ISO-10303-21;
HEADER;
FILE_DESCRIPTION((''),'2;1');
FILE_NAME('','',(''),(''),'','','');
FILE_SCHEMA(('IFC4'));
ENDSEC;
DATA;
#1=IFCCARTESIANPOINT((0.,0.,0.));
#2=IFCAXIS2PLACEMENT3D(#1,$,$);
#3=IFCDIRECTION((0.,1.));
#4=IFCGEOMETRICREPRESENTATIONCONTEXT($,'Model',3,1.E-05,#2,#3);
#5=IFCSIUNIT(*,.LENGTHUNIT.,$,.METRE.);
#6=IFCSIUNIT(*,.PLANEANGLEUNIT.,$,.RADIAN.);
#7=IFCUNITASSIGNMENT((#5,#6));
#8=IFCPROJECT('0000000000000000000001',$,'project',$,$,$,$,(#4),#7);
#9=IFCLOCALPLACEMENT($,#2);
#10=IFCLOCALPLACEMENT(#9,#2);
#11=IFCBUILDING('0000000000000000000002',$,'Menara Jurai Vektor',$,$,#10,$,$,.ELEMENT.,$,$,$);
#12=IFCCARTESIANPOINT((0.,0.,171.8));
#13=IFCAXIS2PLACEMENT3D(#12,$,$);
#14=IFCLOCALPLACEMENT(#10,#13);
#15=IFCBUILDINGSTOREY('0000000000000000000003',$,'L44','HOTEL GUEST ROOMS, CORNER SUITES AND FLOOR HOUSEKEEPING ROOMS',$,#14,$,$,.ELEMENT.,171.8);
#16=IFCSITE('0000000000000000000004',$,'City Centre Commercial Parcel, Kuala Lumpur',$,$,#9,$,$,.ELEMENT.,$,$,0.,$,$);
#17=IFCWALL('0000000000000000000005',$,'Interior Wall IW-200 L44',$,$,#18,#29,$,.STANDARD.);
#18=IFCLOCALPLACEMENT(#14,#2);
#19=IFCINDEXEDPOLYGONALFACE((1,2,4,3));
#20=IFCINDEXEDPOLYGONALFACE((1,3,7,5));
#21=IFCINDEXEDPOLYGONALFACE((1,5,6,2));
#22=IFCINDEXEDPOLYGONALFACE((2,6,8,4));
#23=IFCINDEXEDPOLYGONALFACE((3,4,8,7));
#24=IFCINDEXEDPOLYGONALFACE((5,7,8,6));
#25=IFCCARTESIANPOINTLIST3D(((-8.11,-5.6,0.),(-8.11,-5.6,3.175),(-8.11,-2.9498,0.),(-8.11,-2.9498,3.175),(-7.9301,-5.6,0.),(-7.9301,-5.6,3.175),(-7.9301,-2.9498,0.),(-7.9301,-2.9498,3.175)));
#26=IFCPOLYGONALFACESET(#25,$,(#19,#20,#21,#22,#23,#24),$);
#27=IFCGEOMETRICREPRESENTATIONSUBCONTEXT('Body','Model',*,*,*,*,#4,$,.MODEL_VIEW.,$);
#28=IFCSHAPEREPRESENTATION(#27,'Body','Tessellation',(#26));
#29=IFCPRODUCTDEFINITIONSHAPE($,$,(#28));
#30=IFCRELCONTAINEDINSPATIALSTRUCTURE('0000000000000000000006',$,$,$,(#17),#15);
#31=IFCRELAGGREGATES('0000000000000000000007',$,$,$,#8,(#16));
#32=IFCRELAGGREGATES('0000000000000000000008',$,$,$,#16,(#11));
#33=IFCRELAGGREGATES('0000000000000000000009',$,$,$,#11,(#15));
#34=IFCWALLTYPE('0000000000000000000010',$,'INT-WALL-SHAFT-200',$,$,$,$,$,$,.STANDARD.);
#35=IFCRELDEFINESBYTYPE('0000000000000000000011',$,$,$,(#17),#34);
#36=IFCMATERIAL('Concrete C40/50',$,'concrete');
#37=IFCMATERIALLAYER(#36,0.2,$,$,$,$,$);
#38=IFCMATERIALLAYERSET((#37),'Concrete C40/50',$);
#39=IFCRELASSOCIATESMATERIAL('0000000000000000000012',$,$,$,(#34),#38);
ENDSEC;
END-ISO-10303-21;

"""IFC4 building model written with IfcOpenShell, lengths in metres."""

from ifc_helpers import new_model, si_unit, direction, frame, frame_2d, origin, place, context, subcontext, project, spatial, rectangle, extrude, material, layer, layer_set, type_object, element, save


model = new_model("IFC4")

# Units and contexts
model_context = context("Model", 3, precision=1e-05, world=origin(), true_north=direction((0.0, 1.0)))
body_context = subcontext(model_context, "Body", "Model", "MODEL_VIEW")
ifc_project = project(units=[si_unit("LENGTHUNIT", "METRE"), si_unit("PLANEANGLEUNIT", "RADIAN")], contexts=[model_context])

# Site, building, storey
site_placement = place(None, origin())
site = spatial("IfcSite", under=ifc_project, at=site_placement, Name="City Centre Commercial Parcel, Kuala Lumpur", CompositionType="ELEMENT", RefElevation=0.0)
building_placement = place(site_placement, origin())
building = spatial("IfcBuilding", under=site, at=building_placement, Name="Menara Jurai Vektor", CompositionType="ELEMENT")
storey_placement = place(building_placement, frame((0.0, 0.0, 171.8)))
storey = spatial("IfcBuildingStorey", under=building, at=storey_placement, Name="L44", Description="HOTEL GUEST ROOMS, CORNER SUITES AND FLOOR HOUSEKEEPING ROOMS", CompositionType="ELEMENT", Elevation=171.8)

# Shared definitions
ifc_material_1 = material(Name="Concrete C40/50", Category="concrete")

# Shared definitions
ifc_layer_1 = layer(ifc_material_1, 0.2)
ifc_layer_set_1 = layer_set([ifc_layer_1], Name="Concrete C40/50")
wall_type_1 = type_object("IfcWallType", Name="INT-WALL-SHAFT-200", PredefinedType="STANDARD", material=ifc_layer_set_1)

# Wall
wall_1_placement = place(storey_placement, frame((-8.02, -5.6001, 0.0), z_axis=(0.0, 0.0, 1.0), x_axis=(0.0, 1.0, 0.0)))
element("IfcWall", 1, at=wall_1_placement, inside=storey, type_object=wall_type_1, Name="Interior Wall IW-200 L44", PredefinedType="STANDARD", context=body_context, shape_type="SweptSolid", body=[
    extrude(rectangle(XDim=2.6501, YDim=0.1799, at=frame_2d((1.3252, 0.0))), origin(), (0.0, 0.0, 1.0), 3.175),
])

save(model, "model.ifc")
